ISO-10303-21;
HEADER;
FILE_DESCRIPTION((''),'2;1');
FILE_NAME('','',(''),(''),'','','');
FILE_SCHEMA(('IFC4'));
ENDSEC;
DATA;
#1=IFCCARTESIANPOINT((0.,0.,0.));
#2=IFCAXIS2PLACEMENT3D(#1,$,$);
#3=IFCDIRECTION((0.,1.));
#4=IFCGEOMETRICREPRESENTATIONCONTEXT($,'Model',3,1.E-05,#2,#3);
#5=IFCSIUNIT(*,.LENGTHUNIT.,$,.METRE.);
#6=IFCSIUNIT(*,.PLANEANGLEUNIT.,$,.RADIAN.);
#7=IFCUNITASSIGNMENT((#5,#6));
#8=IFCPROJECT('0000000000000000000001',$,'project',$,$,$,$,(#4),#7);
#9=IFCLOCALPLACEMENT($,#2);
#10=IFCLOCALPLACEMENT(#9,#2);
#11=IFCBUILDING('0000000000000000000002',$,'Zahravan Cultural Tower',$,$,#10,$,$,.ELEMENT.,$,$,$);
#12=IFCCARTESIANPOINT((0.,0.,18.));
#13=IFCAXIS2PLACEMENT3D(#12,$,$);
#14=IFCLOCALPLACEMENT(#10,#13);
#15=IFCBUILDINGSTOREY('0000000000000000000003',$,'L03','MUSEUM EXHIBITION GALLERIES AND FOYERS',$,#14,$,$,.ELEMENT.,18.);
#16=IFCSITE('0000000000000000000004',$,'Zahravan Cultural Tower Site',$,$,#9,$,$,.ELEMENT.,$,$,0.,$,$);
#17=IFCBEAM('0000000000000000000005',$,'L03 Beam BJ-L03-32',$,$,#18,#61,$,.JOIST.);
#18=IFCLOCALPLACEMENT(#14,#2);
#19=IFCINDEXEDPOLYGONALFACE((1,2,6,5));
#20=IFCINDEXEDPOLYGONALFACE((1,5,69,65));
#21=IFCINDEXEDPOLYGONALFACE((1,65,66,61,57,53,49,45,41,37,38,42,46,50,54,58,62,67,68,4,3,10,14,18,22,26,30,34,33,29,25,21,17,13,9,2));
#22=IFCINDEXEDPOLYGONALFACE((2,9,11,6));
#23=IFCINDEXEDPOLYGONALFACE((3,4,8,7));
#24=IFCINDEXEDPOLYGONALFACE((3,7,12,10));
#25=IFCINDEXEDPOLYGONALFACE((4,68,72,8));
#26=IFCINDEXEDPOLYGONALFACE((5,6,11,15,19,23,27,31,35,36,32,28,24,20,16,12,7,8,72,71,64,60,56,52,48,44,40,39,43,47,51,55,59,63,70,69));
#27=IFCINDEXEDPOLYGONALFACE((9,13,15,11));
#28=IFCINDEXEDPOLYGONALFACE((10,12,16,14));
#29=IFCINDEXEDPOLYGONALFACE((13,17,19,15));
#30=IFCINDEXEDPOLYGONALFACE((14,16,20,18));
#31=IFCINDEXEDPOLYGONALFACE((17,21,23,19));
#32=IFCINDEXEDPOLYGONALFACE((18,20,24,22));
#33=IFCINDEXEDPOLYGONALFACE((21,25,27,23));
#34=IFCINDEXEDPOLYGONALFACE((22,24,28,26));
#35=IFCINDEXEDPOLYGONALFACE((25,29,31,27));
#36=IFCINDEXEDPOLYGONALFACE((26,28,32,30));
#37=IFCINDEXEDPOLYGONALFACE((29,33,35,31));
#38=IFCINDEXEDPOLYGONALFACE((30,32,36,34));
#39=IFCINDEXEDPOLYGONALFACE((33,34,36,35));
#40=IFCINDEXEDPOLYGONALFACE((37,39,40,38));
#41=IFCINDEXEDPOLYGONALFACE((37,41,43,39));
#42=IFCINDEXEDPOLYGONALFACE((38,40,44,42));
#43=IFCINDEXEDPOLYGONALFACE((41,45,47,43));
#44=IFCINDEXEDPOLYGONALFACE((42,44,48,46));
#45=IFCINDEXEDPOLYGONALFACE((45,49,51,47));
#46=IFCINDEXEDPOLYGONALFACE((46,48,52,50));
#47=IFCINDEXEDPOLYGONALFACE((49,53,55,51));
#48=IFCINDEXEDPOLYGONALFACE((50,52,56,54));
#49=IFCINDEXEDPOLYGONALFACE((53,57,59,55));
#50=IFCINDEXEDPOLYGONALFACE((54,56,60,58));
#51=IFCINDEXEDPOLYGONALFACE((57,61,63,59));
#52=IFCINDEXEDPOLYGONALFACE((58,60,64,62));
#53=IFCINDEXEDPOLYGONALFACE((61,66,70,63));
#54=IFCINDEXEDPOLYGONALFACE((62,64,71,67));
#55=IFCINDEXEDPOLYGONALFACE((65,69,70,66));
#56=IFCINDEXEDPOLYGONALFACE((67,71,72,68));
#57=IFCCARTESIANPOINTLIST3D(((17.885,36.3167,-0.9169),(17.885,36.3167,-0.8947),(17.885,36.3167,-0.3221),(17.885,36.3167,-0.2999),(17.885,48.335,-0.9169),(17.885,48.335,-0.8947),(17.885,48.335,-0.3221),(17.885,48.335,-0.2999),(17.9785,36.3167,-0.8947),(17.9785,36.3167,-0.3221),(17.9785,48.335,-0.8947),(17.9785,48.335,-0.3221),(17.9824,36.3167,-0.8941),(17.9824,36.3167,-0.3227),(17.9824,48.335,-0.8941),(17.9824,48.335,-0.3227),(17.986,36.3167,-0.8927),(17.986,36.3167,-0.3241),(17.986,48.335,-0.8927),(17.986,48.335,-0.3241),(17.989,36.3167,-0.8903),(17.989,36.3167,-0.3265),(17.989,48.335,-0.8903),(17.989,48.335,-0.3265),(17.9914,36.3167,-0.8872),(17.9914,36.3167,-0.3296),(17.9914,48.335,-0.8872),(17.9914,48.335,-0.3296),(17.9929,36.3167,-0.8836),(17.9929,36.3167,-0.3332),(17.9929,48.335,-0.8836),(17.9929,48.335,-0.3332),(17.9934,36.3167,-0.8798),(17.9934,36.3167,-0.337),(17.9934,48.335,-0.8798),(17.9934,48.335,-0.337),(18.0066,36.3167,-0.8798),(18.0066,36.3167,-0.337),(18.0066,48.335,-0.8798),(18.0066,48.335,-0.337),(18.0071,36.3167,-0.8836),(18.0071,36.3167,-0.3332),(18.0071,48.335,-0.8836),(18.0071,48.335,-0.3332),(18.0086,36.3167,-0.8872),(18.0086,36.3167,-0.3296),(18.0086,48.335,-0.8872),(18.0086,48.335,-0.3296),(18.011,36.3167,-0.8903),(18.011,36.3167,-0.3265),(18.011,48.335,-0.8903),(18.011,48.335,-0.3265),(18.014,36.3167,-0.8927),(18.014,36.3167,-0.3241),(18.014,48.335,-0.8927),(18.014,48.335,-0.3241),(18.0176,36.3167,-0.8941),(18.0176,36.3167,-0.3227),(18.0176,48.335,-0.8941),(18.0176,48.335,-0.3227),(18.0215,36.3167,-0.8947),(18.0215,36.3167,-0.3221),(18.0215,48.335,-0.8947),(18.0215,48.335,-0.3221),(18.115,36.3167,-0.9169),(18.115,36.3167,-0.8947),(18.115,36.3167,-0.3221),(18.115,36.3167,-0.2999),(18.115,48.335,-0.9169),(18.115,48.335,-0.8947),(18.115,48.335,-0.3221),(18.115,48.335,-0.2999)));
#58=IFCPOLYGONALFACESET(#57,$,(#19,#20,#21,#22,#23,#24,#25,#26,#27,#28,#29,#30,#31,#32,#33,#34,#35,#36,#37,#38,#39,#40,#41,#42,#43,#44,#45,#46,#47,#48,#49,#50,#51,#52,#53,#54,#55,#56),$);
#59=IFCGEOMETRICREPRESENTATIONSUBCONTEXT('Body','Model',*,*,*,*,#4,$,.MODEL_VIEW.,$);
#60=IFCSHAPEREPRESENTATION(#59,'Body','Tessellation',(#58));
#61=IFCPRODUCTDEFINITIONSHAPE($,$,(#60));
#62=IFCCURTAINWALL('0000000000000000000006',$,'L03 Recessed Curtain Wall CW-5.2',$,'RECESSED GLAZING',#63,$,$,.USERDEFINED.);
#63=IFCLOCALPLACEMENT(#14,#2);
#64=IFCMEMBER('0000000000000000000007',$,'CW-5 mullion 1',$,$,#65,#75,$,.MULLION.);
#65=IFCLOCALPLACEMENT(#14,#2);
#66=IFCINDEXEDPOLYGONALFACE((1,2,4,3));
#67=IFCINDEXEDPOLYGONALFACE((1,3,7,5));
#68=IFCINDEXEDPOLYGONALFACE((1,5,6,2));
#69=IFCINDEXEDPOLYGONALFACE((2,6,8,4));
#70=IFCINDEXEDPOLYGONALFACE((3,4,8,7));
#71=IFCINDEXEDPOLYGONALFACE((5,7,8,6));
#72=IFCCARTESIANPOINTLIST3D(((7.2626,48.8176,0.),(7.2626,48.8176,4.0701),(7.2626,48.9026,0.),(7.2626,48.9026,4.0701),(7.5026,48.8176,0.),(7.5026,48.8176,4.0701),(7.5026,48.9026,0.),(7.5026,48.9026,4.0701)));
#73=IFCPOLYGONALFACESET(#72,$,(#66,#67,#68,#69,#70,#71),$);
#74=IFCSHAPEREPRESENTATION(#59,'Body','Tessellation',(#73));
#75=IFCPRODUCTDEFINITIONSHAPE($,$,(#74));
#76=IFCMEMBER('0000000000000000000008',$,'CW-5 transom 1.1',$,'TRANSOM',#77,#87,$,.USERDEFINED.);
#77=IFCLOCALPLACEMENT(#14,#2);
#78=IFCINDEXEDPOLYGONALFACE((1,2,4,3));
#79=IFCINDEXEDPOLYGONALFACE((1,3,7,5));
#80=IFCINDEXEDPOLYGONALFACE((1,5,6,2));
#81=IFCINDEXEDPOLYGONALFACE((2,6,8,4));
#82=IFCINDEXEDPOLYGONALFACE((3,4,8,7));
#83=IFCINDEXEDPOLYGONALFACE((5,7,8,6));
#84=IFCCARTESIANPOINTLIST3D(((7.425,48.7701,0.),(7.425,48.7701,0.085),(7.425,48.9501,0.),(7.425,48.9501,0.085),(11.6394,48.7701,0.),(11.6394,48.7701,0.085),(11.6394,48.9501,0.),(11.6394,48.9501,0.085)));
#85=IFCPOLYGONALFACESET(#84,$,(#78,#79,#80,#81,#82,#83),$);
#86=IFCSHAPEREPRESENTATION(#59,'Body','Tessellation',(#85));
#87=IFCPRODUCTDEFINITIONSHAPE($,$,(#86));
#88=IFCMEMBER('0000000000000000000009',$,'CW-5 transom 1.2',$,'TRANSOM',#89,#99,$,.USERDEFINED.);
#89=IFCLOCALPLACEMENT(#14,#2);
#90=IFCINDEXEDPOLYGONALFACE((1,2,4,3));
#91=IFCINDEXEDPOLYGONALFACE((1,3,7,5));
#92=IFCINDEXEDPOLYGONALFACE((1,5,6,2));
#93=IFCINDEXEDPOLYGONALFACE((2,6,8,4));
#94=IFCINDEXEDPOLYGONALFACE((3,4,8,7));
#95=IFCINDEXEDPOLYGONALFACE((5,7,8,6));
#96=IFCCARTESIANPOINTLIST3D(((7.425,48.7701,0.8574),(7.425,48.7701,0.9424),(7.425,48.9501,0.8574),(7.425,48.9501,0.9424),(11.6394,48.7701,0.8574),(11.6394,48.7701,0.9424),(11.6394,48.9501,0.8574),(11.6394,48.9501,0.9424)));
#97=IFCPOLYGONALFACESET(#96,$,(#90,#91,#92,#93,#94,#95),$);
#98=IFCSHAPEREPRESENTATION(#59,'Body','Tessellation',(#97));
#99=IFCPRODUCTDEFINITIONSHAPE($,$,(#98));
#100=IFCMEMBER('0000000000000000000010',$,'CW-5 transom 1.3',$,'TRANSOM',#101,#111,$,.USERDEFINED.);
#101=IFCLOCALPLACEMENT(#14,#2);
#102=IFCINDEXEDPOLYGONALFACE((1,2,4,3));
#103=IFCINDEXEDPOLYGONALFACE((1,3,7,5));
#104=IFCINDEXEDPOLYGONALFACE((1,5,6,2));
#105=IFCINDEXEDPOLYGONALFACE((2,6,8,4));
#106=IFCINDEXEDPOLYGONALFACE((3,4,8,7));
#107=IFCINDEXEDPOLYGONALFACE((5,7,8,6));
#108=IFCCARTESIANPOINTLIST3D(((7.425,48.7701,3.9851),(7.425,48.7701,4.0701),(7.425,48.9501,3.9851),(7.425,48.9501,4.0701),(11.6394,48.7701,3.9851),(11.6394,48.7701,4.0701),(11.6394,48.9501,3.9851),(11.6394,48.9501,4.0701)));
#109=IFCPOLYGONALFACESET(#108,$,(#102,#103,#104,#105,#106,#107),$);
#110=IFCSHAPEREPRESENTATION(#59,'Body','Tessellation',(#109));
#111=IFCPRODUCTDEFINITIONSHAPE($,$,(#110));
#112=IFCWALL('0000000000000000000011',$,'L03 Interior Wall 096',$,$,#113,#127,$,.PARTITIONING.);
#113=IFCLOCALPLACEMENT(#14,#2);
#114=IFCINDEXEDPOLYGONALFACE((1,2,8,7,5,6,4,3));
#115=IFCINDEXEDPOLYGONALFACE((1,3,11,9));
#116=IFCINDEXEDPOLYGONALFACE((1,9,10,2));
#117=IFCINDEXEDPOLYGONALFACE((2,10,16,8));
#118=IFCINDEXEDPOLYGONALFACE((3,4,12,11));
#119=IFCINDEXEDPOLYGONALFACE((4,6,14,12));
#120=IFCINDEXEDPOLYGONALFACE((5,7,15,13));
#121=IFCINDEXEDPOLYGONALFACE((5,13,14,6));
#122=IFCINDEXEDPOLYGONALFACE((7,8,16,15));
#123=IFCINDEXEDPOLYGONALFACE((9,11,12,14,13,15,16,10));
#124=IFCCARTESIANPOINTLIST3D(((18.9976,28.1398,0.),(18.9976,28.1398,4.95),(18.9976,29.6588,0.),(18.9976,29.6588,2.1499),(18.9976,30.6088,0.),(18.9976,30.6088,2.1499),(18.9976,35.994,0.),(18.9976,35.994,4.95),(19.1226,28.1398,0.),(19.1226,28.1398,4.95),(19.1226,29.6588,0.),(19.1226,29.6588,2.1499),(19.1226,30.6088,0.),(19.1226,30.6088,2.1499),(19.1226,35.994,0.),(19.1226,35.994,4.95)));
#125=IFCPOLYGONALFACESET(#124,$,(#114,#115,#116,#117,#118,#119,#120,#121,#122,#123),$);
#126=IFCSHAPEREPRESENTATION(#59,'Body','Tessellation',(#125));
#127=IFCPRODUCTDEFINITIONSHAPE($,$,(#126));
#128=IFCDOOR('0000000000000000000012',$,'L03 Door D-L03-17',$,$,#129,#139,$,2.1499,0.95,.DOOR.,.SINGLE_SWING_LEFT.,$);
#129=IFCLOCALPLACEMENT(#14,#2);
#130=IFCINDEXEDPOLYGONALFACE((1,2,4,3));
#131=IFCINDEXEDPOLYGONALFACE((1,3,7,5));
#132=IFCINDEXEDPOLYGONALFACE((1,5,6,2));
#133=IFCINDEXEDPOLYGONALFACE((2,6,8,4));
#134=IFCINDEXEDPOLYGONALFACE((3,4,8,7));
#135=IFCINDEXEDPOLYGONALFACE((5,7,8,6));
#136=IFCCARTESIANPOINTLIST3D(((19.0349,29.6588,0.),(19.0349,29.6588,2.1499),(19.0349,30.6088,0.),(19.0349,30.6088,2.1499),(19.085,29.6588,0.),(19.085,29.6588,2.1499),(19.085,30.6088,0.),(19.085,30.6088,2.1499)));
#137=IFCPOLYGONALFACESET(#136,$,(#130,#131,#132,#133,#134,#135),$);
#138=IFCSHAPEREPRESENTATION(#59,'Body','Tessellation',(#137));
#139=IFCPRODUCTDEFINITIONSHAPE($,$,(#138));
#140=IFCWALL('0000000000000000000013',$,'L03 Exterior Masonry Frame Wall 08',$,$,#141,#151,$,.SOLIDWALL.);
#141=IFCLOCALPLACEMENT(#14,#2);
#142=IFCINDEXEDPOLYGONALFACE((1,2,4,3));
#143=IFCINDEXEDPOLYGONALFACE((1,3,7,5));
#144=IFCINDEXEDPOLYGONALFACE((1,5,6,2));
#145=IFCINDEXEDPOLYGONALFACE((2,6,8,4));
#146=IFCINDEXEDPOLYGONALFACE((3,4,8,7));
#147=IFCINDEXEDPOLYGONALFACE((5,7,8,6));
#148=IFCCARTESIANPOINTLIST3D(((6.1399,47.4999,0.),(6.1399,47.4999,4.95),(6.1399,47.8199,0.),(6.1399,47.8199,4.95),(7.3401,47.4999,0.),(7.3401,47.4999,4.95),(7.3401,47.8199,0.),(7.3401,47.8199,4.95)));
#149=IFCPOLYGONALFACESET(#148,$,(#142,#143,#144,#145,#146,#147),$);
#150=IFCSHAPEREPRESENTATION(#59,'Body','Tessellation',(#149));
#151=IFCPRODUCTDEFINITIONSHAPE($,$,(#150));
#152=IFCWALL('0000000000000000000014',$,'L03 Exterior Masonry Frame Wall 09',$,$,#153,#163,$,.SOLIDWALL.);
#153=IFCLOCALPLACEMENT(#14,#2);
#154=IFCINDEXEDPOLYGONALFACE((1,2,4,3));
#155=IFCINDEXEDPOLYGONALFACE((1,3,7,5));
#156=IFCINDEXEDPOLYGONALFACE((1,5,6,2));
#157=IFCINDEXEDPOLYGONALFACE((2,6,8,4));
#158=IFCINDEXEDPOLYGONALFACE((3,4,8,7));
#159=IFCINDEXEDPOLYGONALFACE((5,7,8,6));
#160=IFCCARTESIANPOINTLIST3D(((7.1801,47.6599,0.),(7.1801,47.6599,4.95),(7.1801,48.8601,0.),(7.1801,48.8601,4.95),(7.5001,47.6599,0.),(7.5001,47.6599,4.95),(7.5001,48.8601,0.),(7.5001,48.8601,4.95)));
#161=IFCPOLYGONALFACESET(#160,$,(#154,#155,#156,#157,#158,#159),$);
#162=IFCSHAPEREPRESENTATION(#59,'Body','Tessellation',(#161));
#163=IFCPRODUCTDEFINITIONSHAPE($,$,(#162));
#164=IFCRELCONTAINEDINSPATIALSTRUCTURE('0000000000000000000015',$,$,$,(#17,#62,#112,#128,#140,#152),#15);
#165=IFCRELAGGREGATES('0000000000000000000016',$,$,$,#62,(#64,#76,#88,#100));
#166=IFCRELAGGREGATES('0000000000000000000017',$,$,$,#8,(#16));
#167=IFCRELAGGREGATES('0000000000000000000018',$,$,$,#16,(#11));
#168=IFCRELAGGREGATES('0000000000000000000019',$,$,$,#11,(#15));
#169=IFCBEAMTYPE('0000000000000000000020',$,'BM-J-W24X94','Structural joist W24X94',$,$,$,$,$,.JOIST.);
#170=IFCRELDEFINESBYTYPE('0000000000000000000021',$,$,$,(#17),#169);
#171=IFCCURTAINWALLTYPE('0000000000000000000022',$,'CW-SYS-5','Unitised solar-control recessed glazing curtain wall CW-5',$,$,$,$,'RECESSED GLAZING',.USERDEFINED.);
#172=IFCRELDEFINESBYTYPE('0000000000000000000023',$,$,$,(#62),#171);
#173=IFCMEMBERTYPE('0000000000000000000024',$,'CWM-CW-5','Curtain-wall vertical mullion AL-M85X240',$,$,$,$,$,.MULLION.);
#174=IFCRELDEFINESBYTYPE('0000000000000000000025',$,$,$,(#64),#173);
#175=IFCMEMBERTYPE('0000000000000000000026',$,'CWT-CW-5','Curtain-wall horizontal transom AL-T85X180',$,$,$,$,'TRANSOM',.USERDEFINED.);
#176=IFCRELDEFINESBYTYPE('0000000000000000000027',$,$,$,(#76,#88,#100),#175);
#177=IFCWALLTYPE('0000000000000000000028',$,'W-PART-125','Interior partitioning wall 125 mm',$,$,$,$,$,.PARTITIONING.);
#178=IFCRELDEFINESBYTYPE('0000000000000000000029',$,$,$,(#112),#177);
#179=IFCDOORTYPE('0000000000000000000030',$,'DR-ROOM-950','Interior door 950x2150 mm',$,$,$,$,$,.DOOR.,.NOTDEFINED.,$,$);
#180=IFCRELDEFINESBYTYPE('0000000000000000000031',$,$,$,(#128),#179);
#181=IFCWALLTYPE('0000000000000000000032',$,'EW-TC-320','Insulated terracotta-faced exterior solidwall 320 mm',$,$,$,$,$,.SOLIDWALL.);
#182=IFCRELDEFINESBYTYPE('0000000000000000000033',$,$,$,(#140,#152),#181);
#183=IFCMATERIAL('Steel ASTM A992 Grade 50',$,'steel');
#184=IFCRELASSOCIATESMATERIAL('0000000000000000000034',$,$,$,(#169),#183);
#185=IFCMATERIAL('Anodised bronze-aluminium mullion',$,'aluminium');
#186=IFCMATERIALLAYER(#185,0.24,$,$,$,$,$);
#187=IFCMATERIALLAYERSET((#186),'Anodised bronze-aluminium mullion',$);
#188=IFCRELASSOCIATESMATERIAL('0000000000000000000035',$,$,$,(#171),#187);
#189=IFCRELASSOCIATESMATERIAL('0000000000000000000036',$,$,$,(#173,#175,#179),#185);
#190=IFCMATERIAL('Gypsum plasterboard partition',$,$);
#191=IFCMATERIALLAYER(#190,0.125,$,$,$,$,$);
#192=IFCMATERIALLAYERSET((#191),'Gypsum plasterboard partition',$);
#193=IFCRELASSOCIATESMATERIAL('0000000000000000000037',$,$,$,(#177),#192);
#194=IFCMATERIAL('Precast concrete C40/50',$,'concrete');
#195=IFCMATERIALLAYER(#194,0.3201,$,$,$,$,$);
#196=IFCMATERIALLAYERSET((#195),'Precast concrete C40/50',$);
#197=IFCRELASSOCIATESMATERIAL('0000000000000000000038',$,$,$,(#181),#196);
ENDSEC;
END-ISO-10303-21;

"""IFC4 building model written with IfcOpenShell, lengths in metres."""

from ifc_helpers import new_model, si_unit, direction, frame, frame_2d, origin, origin_2d, place, context, subcontext, project, spatial, rectangle, i_section, extrude, source, transform, mapped, material, layer, layer_set, material_profile, profile_set, type_object, element, fill, aggregate, save


model = new_model("IFC4")

# Units and contexts
model_context = context("Model", 3, precision=1e-05, world=origin(), true_north=direction((0.0, 1.0)))
body_context = subcontext(model_context, "Body", "Model", "MODEL_VIEW")
ifc_project = project(units=[si_unit("LENGTHUNIT", "METRE"), si_unit("PLANEANGLEUNIT", "RADIAN")], contexts=[model_context])

# Site, building, storey
site_placement = place(None, origin())
site = spatial("IfcSite", under=ifc_project, at=site_placement, Name="Zahravan Cultural Tower Site", CompositionType="ELEMENT", RefElevation=0.0)
building_placement = place(site_placement, origin())
building = spatial("IfcBuilding", under=site, at=building_placement, Name="Zahravan Cultural Tower", CompositionType="ELEMENT")
storey_placement = place(building_placement, frame((0.0, 0.0, 18.0)))
storey = spatial("IfcBuildingStorey", under=building, at=storey_placement, Name="L03", Description="MUSEUM EXHIBITION GALLERIES AND FOYERS", CompositionType="ELEMENT", Elevation=18.0)

# Beam
ifc_material_1 = material(Name="Steel ASTM A992 Grade 50", Category="steel")
ifc_material_profile_1 = material_profile(ifc_material_1, i_section(OverallWidth=0.23, OverallDepth=0.6169, WebThickness=0.0132, FlangeThickness=0.0222, FilletRadius=0.0149, at=origin_2d()), Name="W24X94")
ifc_profile_set_1 = profile_set([ifc_material_profile_1], Name="Steel ASTM A992 Grade 50")
beam_type_1 = type_object("IfcBeamType", Name="BM-J-W24X94", Description="Structural joist W24X94", PredefinedType="JOIST", material=ifc_profile_set_1)
shared_shape_1 = source(origin(), body_context, "Body", "SweptSolid", [
    extrude(i_section(OverallWidth=0.23, OverallDepth=0.6169, WebThickness=0.0132, FlangeThickness=0.0222, FilletRadius=0.0149, at=origin_2d()), origin(), (0.0, 0.0, 1.0), 12.0183),
])
beam_1_placement = place(storey_placement, frame((18.0, 36.3167, -0.6084), z_axis=(0.0, 1.0, 0.0), x_axis=(-1.0, 0.0, 0.0)))
element("IfcBeam", 1, at=beam_1_placement, inside=storey, type_object=beam_type_1, Name="L03 Beam BJ-L03-32", PredefinedType="JOIST", context=body_context, shape_type="MappedRepresentation", body=[
    mapped(shared_shape_1, transform((0.0, 0.0, 0.0), x_axis=(1.0, 0.0, 0.0), y_axis=(0.0, 1.0, 0.0), z_axis=(0.0, 0.0, 1.0), scale=1.0)),
])

# Curtain wall, members
ifc_material_2 = material(Name="Anodised bronze-aluminium mullion", Category="aluminium")
ifc_layer_1 = layer(ifc_material_2, 0.24)
ifc_layer_set_1 = layer_set([ifc_layer_1], Name="Anodised bronze-aluminium mullion")
curtain_wall_type = type_object("IfcCurtainWallType", Name="CW-SYS-5", Description="Unitised solar-control recessed glazing curtain wall CW-5", ElementType="RECESSED GLAZING", PredefinedType="USERDEFINED", material=ifc_layer_set_1)
curtain_wall_placement = place(storey_placement, origin())
curtain_wall = element("IfcCurtainWall", 2, at=curtain_wall_placement, inside=storey, type_object=curtain_wall_type, Name="L03 Recessed Curtain Wall CW-5.2", ObjectType="RECESSED GLAZING", PredefinedType="USERDEFINED")
ifc_material_profile_2 = material_profile(ifc_material_2, rectangle(XDim=0.085, YDim=0.24, at=origin_2d()), Name="AL-M85X240")
ifc_profile_set_2 = profile_set([ifc_material_profile_2], Name="Anodised bronze-aluminium mullion")
member_type_1 = type_object("IfcMemberType", Name="CWM-CW-5", Description="Curtain-wall vertical mullion AL-M85X240", PredefinedType="MULLION", material=ifc_profile_set_2)
shared_shape_2 = source(origin(), body_context, "Body", "SweptSolid", [
    extrude(rectangle(XDim=0.085, YDim=0.24, at=origin_2d()), origin(), (0.0, 0.0, 1.0), 4.0701),
])
member_1_placement = place(storey_placement, frame((7.3826, 48.8601, 0.0), z_axis=(0.0, 0.0, 1.0), x_axis=(0.0, 1.0, 0.0)))
member_1 = element("IfcMember", 3, at=member_1_placement, type_object=member_type_1, Name="CW-5 mullion 1", PredefinedType="MULLION", context=body_context, shape_type="MappedRepresentation", body=[
    mapped(shared_shape_2, transform((0.0, 0.0, 0.0), x_axis=(1.0, 0.0, 0.0), y_axis=(0.0, 1.0, 0.0), z_axis=(0.0, 0.0, 1.0), scale=1.0)),
])
ifc_material_profile_3 = material_profile(ifc_material_2, rectangle(XDim=0.1799, YDim=0.085, at=origin_2d()), Name="AL-T85X180")
ifc_profile_set_3 = profile_set([ifc_material_profile_3], Name="Anodised bronze-aluminium mullion")
member_type_2 = type_object("IfcMemberType", Name="CWT-CW-5", Description="Curtain-wall horizontal transom AL-T85X180", ElementType="TRANSOM", PredefinedType="USERDEFINED", material=ifc_profile_set_3)
shared_shape_3 = source(origin(), body_context, "Body", "SweptSolid", [
    extrude(rectangle(XDim=0.1799, YDim=0.085, at=origin_2d()), origin(), (0.0, 0.0, 1.0), 4.2144),
])
member_2_placement = place(storey_placement, frame((7.425, 48.8601, 0.0425), z_axis=(1.0, 0.0, 0.0), x_axis=(0.0, 1.0, 0.0)))
member_2 = element("IfcMember", 4, at=member_2_placement, type_object=member_type_2, Name="CW-5 transom 1.1", ObjectType="TRANSOM", PredefinedType="USERDEFINED", context=body_context, shape_type="MappedRepresentation", body=[
    mapped(shared_shape_3, transform((0.0, 0.0, 0.0), x_axis=(1.0, 0.0, 0.0), y_axis=(0.0, 1.0, 0.0), z_axis=(0.0, 0.0, 1.0), scale=1.0)),
])
member_3_placement = place(storey_placement, frame((7.425, 48.8601, 0.8999), z_axis=(1.0, 0.0, 0.0), x_axis=(0.0, 1.0, 0.0)))
member_3 = element("IfcMember", 5, at=member_3_placement, type_object=member_type_2, Name="CW-5 transom 1.2", ObjectType="TRANSOM", PredefinedType="USERDEFINED", context=body_context, shape_type="MappedRepresentation", body=[
    mapped(shared_shape_3, transform((0.0, 0.0, 0.0), x_axis=(1.0, 0.0, 0.0), y_axis=(0.0, 1.0, 0.0), z_axis=(0.0, 0.0, 1.0), scale=1.0)),
])
member_4_placement = place(storey_placement, frame((7.425, 48.8601, 4.0276), z_axis=(1.0, 0.0, 0.0), x_axis=(0.0, 1.0, 0.0)))
member_4 = element("IfcMember", 6, at=member_4_placement, type_object=member_type_2, Name="CW-5 transom 1.3", ObjectType="TRANSOM", PredefinedType="USERDEFINED", context=body_context, shape_type="MappedRepresentation", body=[
    mapped(shared_shape_3, transform((0.0, 0.0, 0.0), x_axis=(1.0, 0.0, 0.0), y_axis=(0.0, 1.0, 0.0), z_axis=(0.0, 0.0, 1.0), scale=1.0)),
])
aggregate(curtain_wall, [member_1, member_2, member_3, member_4])

# Wall, opening, door
ifc_material_3 = material(Name="Gypsum plasterboard partition")
ifc_layer_2 = layer(ifc_material_3, 0.125)
ifc_layer_set_2 = layer_set([ifc_layer_2], Name="Gypsum plasterboard partition")
wall_type_1 = type_object("IfcWallType", Name="W-PART-125", Description="Interior partitioning wall 125 mm", PredefinedType="PARTITIONING", material=ifc_layer_set_2)
wall_1_placement = place(storey_placement, frame((19.0601, 35.9941, 0.0), z_axis=(0.0, 0.0, 1.0), x_axis=(0.0, -1.0, 0.0)))
wall_1 = element("IfcWall", 7, at=wall_1_placement, inside=storey, type_object=wall_type_1, Name="L03 Interior Wall 096", PredefinedType="PARTITIONING", context=body_context, shape_type="SweptSolid", body=[
    extrude(rectangle(XDim=7.8542, YDim=0.125, at=frame_2d((3.9272, 0.0))), origin(), (0.0, 0.0, 1.0), 4.95),
])
opening_placement = place(wall_1_placement, frame((5.3853, 0.0, 0.0)))
opening = element("IfcOpeningElement", 8, at=opening_placement, cuts=wall_1, PredefinedType="OPENING", context=body_context, shape_type="SweptSolid", body=[
    extrude(rectangle(XDim=0.95, YDim=2.1499, at=frame_2d((0.4751, 1.075))), frame((0.0, 0.0725, 0.0), z_axis=(0.0, -1.0, 0.0), x_axis=(1.0, 0.0, 0.0)), (0.0, 0.0, 1.0), 0.145),
])
door_type = type_object("IfcDoorType", Name="DR-ROOM-950", Description="Interior door 950x2150 mm", OperationType="NOTDEFINED", PredefinedType="DOOR", material=ifc_material_2)
shared_shape_4 = source(origin(), body_context, "Body", "SweptSolid", [
    extrude(rectangle(XDim=0.95, YDim=2.1499, at=frame_2d((0.4751, 1.075))), frame((0.0, 0.0249, 0.0), z_axis=(0.0, -1.0, 0.0), x_axis=(1.0, 0.0, 0.0)), (0.0, 0.0, 1.0), 0.05),
])
door_placement = place(opening_placement, origin())
door = element("IfcDoor", 9, at=door_placement, inside=storey, type_object=door_type, Name="L03 Door D-L03-17", OperationType="SINGLE_SWING_LEFT", OverallHeight=2.1499, OverallWidth=0.95, PredefinedType="DOOR", context=body_context, shape_type="MappedRepresentation", body=[
    mapped(shared_shape_4, transform((0.0, 0.0, 0.0), x_axis=(1.0, 0.0, 0.0), y_axis=(0.0, 1.0, 0.0), z_axis=(0.0, 0.0, 1.0), scale=1.0)),
])
fill(opening, door)

# Walls
ifc_material_4 = material(Name="Precast concrete C40/50", Category="concrete")
ifc_layer_3 = layer(ifc_material_4, 0.3201)
ifc_layer_set_3 = layer_set([ifc_layer_3], Name="Precast concrete C40/50")
wall_type_2 = type_object("IfcWallType", Name="EW-TC-320", Description="Insulated terracotta-faced exterior solidwall 320 mm", PredefinedType="SOLIDWALL", material=ifc_layer_set_3)
shared_shape_5 = source(origin(), body_context, "Body", "SweptSolid", [
    extrude(rectangle(XDim=1.2002, YDim=0.3201, at=frame_2d((0.6001, 0.0))), origin(), (0.0, 0.0, 1.0), 4.95),
])
for number, where, z_axis, x_axis, name in (
    (10, (6.1399, 47.6599, 0.0), (0.0, 0.0, 1.0), (1.0, 0.0, 0.0), "L03 Exterior Masonry Frame Wall 08"),
    (11, (7.3401, 47.6599, 0.0), (0.0, 0.0, 1.0), (0.0, 1.0, 0.0), "L03 Exterior Masonry Frame Wall 09"),
):
    element("IfcWall", number, at=place(storey_placement, frame(where, z_axis=z_axis, x_axis=x_axis)), inside=storey, type_object=wall_type_2, Name=name, PredefinedType="SOLIDWALL", context=body_context, shape_type="MappedRepresentation", body=[
        mapped(shared_shape_5, transform((0.0, 0.0, 0.0), x_axis=(1.0, 0.0, 0.0), y_axis=(0.0, 1.0, 0.0), z_axis=(0.0, 0.0, 1.0), scale=1.0)),
    ])

save(model, "model.ifc")
